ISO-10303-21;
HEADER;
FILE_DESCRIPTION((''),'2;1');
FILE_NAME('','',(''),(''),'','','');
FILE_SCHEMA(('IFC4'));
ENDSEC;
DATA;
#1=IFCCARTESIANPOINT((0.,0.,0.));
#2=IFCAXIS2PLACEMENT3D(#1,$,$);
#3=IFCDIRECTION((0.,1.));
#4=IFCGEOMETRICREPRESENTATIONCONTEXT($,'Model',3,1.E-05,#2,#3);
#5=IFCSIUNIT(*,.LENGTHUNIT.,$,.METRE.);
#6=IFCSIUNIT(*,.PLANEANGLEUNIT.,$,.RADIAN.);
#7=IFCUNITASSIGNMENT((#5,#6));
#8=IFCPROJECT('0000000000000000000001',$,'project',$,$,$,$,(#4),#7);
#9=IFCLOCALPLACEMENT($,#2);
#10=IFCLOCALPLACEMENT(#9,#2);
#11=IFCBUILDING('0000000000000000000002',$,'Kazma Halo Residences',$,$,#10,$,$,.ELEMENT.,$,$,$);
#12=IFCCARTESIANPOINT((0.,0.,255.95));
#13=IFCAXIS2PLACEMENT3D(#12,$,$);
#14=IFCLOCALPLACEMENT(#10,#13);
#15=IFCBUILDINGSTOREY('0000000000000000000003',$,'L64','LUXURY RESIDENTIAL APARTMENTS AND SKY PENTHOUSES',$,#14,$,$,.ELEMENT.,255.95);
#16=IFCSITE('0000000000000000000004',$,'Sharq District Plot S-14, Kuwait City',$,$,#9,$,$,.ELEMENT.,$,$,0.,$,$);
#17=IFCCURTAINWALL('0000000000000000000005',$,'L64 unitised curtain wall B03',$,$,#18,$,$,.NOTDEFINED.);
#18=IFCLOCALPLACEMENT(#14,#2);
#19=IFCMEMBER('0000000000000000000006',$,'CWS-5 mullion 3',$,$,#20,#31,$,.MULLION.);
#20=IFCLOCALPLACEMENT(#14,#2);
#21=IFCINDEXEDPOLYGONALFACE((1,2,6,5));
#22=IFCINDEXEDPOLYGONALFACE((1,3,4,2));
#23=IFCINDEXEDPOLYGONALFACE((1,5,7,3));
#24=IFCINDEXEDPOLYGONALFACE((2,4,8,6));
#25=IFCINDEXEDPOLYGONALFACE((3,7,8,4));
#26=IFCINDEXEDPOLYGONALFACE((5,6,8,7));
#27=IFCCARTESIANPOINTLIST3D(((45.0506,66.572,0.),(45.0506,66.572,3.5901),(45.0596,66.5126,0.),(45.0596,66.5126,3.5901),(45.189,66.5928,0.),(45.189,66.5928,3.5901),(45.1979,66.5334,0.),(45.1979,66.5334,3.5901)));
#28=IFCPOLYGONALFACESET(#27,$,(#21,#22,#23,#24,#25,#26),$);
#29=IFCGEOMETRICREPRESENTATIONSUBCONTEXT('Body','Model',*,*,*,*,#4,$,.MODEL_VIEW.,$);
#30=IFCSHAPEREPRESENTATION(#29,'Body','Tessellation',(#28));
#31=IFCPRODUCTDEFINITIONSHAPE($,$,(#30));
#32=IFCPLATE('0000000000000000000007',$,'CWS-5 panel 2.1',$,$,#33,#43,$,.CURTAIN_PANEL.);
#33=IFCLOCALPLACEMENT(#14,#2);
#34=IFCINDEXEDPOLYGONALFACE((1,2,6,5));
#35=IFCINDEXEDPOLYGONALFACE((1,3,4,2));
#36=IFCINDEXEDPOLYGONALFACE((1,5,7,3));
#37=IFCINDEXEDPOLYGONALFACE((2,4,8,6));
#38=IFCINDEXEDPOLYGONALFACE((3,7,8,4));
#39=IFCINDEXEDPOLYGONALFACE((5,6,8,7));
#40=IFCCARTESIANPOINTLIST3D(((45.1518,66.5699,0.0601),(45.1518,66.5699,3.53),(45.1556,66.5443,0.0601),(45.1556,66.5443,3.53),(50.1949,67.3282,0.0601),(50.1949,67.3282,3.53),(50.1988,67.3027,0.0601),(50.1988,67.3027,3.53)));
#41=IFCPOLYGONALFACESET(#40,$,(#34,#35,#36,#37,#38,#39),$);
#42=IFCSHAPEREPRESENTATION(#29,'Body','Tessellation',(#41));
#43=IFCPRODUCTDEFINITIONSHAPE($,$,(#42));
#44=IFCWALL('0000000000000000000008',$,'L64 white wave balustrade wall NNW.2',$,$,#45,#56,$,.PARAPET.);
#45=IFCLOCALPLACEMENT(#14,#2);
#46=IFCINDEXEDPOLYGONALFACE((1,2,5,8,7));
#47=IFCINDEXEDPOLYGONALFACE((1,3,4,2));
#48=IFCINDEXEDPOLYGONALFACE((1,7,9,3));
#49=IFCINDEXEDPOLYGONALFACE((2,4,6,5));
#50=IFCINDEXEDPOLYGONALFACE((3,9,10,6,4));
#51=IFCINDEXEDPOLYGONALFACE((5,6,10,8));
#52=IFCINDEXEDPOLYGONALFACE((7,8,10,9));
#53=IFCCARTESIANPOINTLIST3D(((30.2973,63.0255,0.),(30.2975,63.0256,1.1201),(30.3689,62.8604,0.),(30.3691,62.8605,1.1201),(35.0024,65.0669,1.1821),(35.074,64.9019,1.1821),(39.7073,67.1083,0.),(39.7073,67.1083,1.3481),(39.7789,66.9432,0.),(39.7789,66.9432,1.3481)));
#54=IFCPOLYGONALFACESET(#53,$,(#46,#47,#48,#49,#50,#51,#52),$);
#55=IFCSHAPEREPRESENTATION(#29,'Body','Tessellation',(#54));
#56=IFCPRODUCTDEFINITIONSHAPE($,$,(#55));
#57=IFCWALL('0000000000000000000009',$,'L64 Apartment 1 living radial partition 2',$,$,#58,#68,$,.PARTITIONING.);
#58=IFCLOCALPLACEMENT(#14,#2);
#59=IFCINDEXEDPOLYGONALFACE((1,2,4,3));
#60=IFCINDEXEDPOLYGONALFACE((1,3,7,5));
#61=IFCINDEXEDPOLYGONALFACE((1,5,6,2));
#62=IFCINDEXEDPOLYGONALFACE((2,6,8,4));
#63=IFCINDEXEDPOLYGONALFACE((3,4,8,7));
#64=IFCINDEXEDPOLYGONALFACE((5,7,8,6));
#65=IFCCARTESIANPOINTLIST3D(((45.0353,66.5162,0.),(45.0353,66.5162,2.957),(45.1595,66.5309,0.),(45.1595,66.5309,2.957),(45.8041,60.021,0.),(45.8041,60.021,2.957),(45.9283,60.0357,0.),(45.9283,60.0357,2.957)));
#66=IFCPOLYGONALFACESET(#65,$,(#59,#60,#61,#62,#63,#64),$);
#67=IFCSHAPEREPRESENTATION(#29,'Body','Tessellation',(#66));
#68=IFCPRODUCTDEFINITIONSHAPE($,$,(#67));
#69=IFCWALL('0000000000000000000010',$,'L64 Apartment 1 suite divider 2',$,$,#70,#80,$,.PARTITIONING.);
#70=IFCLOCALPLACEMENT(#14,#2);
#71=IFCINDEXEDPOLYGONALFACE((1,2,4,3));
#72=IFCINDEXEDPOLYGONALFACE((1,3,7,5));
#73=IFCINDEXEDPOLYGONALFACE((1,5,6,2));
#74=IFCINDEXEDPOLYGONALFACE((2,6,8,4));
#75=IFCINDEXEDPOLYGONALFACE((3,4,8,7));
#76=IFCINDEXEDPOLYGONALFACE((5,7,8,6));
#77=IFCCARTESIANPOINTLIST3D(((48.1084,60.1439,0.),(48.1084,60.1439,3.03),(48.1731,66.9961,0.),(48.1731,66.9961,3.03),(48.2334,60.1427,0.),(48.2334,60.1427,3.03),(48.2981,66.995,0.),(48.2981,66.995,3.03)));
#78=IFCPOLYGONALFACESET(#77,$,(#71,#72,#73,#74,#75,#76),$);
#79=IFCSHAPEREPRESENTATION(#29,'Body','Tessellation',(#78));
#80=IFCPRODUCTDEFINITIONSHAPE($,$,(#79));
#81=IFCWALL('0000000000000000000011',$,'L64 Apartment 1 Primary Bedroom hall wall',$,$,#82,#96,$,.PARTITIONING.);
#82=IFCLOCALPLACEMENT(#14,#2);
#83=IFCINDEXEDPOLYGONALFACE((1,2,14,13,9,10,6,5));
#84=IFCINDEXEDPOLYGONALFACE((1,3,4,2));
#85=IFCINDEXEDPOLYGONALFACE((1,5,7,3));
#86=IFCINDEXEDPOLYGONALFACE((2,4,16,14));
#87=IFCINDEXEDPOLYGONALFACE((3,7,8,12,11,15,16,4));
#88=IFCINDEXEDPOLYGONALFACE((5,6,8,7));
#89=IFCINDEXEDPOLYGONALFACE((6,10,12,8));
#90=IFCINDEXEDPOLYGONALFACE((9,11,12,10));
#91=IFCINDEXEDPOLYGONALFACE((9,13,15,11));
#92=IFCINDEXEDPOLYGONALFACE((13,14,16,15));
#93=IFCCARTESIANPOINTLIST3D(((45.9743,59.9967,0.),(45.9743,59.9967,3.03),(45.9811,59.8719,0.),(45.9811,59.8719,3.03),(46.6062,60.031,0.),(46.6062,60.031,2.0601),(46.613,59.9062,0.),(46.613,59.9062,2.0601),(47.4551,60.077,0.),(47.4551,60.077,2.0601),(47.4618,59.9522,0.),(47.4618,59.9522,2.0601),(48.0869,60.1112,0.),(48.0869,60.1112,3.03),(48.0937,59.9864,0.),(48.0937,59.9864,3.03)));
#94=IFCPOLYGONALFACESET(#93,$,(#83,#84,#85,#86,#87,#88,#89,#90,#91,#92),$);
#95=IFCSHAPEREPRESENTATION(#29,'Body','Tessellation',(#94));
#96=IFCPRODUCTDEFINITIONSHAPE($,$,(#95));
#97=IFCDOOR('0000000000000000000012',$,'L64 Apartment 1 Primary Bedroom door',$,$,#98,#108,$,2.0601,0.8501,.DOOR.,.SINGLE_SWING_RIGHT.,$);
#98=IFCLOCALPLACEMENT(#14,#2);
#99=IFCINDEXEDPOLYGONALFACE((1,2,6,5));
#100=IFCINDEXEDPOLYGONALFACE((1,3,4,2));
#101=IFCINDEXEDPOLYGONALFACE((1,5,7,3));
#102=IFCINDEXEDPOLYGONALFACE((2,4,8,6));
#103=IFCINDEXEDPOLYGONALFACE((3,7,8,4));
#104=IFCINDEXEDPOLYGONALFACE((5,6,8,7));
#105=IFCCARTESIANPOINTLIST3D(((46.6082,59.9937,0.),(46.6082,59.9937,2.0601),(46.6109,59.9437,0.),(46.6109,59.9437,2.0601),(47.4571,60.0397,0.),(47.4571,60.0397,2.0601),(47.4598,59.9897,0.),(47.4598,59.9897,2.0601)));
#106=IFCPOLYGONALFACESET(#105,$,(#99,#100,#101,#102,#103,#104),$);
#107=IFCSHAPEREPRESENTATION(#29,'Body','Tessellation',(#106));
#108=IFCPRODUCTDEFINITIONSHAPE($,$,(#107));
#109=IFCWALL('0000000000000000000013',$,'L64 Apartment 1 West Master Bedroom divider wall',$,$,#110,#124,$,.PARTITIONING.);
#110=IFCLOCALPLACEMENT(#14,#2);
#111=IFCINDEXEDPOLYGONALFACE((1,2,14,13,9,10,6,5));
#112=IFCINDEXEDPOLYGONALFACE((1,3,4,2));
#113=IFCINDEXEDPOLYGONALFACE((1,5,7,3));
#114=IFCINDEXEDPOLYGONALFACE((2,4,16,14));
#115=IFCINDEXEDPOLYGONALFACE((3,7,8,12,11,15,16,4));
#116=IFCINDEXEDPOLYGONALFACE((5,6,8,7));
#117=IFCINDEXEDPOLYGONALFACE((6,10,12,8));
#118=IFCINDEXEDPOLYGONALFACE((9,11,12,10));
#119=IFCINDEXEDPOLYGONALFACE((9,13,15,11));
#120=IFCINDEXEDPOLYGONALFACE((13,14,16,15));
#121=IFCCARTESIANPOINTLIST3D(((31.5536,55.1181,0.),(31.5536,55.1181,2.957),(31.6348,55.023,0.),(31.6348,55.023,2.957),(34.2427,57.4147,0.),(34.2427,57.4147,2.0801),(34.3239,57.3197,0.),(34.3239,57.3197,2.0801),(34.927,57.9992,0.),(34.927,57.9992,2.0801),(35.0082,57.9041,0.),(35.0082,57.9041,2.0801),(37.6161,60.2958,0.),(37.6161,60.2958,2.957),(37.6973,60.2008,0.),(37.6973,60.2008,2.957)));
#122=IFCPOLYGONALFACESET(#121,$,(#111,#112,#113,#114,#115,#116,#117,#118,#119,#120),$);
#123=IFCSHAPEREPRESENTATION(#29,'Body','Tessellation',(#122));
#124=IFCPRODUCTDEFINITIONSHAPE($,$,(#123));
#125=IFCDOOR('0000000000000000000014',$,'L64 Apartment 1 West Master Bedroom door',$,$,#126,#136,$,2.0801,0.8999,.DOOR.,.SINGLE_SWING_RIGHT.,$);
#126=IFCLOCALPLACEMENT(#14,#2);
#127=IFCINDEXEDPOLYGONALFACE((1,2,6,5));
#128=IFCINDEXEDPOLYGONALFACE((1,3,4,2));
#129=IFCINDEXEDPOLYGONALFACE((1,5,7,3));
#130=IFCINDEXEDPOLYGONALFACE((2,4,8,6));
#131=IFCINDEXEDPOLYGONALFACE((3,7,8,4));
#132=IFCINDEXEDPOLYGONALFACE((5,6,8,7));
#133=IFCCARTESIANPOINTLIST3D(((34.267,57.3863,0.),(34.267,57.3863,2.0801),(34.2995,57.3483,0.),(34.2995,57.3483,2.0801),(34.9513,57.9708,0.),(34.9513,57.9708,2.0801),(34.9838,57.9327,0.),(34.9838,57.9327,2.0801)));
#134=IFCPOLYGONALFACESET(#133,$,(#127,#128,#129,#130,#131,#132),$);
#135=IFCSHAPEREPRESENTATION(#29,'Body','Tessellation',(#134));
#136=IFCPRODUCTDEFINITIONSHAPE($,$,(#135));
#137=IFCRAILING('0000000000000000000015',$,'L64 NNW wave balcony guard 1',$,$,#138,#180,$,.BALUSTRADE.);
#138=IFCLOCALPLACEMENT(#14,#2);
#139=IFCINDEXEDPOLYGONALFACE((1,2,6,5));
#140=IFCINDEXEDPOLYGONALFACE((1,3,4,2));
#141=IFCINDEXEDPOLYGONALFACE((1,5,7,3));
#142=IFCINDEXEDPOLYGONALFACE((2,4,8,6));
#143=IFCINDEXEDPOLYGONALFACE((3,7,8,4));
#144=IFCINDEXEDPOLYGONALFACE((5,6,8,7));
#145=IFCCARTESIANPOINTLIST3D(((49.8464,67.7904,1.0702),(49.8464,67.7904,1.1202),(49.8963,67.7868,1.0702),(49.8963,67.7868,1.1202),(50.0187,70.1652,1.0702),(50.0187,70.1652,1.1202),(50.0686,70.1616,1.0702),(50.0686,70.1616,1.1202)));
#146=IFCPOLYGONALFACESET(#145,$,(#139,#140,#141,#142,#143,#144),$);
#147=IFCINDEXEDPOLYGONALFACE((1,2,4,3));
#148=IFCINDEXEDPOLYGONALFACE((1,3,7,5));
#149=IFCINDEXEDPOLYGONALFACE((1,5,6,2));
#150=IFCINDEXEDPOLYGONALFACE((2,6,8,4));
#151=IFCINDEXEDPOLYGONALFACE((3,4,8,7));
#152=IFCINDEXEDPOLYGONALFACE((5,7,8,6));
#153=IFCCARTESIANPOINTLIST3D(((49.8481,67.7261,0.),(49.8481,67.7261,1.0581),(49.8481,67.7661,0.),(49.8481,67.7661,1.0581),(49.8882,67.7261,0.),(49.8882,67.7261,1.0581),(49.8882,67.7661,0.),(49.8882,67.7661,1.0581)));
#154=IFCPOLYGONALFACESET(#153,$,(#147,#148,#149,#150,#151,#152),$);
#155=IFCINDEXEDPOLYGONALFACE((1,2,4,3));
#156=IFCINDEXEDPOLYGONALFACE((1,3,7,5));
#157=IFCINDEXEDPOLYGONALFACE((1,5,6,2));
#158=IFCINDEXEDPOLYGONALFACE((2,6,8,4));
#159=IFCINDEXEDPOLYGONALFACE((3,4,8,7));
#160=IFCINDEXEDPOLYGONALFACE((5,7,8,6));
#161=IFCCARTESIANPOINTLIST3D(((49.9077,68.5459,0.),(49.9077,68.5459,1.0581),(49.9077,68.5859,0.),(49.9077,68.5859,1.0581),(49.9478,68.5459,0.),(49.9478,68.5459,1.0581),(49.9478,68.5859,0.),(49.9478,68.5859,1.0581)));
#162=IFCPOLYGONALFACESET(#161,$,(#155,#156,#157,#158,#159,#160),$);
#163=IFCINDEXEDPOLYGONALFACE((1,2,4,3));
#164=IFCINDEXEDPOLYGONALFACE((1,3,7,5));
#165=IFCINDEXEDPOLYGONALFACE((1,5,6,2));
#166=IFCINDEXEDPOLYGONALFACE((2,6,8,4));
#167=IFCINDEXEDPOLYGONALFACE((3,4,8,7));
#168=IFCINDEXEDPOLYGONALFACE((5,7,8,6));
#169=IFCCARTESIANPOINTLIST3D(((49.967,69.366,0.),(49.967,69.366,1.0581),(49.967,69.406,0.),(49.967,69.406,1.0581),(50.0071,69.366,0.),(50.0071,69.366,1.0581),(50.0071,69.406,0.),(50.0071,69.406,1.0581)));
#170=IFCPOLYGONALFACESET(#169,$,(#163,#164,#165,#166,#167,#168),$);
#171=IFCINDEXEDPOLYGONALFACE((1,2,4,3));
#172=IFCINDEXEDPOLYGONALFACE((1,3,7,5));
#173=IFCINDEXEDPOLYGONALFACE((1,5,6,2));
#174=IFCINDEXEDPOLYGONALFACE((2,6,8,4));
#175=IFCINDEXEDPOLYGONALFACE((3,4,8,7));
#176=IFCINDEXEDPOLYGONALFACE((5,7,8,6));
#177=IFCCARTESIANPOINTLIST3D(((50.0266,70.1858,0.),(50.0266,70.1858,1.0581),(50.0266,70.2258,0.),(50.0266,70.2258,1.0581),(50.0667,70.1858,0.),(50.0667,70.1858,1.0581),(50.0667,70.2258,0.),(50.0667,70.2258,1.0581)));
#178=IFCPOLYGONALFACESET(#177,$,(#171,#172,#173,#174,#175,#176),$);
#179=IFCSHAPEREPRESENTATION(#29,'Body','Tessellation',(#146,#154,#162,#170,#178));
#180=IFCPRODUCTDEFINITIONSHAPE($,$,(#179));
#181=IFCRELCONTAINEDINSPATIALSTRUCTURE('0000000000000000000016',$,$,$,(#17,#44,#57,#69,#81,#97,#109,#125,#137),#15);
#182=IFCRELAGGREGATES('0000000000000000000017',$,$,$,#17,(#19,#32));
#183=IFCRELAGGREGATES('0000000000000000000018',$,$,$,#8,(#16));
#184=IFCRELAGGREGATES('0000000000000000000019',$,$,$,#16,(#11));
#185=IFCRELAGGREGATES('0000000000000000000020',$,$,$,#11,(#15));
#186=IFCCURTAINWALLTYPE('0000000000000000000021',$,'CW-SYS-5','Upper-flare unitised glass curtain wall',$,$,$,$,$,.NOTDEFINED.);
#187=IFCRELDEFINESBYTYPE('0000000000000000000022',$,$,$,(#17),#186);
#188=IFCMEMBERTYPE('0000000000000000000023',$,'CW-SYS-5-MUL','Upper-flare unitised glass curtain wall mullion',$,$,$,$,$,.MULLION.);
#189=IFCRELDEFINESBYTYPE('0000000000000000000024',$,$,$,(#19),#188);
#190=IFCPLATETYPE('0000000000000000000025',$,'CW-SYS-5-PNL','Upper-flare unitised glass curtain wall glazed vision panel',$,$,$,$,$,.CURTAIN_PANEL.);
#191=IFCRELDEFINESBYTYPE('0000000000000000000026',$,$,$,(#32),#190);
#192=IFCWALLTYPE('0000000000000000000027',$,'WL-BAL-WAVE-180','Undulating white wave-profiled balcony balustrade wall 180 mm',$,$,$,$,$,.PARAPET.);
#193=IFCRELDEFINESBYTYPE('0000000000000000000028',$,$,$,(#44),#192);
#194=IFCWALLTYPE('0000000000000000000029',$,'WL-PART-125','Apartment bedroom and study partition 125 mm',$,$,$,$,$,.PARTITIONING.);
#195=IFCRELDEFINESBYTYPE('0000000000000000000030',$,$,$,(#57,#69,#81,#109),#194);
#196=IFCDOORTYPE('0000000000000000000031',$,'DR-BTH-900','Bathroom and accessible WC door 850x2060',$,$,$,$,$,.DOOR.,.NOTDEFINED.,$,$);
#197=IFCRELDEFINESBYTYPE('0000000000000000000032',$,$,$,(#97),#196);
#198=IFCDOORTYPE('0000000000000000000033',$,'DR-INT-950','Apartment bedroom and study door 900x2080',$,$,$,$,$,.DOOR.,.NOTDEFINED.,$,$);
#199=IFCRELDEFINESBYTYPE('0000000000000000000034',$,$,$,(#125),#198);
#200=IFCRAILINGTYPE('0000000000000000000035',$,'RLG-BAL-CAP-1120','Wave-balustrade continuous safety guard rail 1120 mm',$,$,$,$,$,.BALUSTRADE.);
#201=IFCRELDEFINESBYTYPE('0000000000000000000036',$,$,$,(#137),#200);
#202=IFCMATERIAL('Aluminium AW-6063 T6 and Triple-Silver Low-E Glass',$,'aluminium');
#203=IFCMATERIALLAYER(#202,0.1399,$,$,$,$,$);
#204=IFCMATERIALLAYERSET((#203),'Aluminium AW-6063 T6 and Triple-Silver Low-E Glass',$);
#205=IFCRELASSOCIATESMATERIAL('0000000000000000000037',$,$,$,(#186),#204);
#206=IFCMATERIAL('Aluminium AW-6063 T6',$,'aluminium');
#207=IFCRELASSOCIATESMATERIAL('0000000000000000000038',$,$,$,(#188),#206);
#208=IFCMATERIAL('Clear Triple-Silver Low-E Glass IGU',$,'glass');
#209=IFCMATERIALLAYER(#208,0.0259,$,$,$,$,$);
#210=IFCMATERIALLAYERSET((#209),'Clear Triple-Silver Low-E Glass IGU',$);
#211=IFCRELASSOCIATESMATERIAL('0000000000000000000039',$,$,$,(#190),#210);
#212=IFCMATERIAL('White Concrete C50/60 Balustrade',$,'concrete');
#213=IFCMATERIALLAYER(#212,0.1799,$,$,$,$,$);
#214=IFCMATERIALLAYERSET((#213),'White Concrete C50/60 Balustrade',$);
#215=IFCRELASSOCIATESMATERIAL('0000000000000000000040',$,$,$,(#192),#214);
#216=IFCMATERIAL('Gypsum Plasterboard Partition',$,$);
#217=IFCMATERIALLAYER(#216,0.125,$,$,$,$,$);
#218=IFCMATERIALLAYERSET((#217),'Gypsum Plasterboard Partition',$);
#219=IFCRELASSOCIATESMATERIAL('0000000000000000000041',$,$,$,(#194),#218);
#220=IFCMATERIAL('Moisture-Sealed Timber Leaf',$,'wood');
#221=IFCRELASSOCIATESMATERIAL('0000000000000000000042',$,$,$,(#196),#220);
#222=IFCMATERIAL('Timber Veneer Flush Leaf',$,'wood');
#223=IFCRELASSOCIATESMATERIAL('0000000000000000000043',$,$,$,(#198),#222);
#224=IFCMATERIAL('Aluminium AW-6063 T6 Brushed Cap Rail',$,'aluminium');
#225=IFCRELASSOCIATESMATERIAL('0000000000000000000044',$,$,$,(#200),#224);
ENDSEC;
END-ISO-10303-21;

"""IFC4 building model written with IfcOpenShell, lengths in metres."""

from ifc_helpers import new_model, si_unit, direction, frame, frame_2d, origin, origin_2d, place, context, subcontext, project, spatial, polyline, rectangle, outline, extrude, material, layer, layer_set, material_profile, profile_set, type_object, element, fill, aggregate, save


model = new_model("IFC4")

# Units and contexts
model_context = context("Model", 3, precision=1e-05, world=origin(), true_north=direction((0.0, 1.0)))
body_context = subcontext(model_context, "Body", "Model", "MODEL_VIEW")
ifc_project = project(units=[si_unit("LENGTHUNIT", "METRE"), si_unit("PLANEANGLEUNIT", "RADIAN")], contexts=[model_context])

# Site, building, storey
site_placement = place(None, origin())
site = spatial("IfcSite", under=ifc_project, at=site_placement, Name="Sharq District Plot S-14, Kuwait City", CompositionType="ELEMENT", RefElevation=0.0)
building_placement = place(site_placement, origin())
building = spatial("IfcBuilding", under=site, at=building_placement, Name="Kazma Halo Residences", CompositionType="ELEMENT")
storey_placement = place(building_placement, frame((0.0, 0.0, 255.95)))
storey = spatial("IfcBuildingStorey", under=building, at=storey_placement, Name="L64", Description="LUXURY RESIDENTIAL APARTMENTS AND SKY PENTHOUSES", CompositionType="ELEMENT", Elevation=255.95)

# Curtain wall, member, plate
ifc_material_1 = material(Name="Aluminium AW-6063 T6 and Triple-Silver Low-E Glass", Category="aluminium")
ifc_layer_1 = layer(ifc_material_1, 0.1399)
ifc_layer_set_1 = layer_set([ifc_layer_1], Name="Aluminium AW-6063 T6 and Triple-Silver Low-E Glass")
curtain_wall_type = type_object("IfcCurtainWallType", Name="CW-SYS-5", Description="Upper-flare unitised glass curtain wall", PredefinedType="NOTDEFINED", material=ifc_layer_set_1)
curtain_wall_placement = place(storey_placement, origin())
curtain_wall = element("IfcCurtainWall", 1, at=curtain_wall_placement, inside=storey, type_object=curtain_wall_type, Name="L64 unitised curtain wall B03", PredefinedType="NOTDEFINED")
ifc_material_2 = material(Name="Aluminium AW-6063 T6", Category="aluminium")
ifc_material_profile_1 = material_profile(ifc_material_2, rectangle(XDim=0.0601, YDim=0.1399, at=origin_2d()), Name="CWM-60x140")
ifc_profile_set_1 = profile_set([ifc_material_profile_1], Name="Aluminium AW-6063 T6")
member_type = type_object("IfcMemberType", Name="CW-SYS-5-MUL", Description="Upper-flare unitised glass curtain wall mullion", PredefinedType="MULLION", material=ifc_profile_set_1)
member_placement = place(storey_placement, frame((45.1243, 66.5527, 0.0), z_axis=(0.0, 0.0, 1.0), x_axis=(0.148697, -0.988883, 0.0)))
member = element("IfcMember", 2, at=member_placement, type_object=member_type, Name="CWS-5 mullion 3", PredefinedType="MULLION", context=body_context, shape_type="SweptSolid", body=[
    extrude(rectangle(XDim=0.0601, YDim=0.1399, at=origin_2d()), origin(), (0.0, 0.0, 1.0), 3.5901),
])
ifc_material_3 = material(Name="Clear Triple-Silver Low-E Glass IGU", Category="glass")
ifc_layer_2 = layer(ifc_material_3, 0.0259)
ifc_layer_set_2 = layer_set([ifc_layer_2], Name="Clear Triple-Silver Low-E Glass IGU")
plate_type = type_object("IfcPlateType", Name="CW-SYS-5-PNL", Description="Upper-flare unitised glass curtain wall glazed vision panel", PredefinedType="CURTAIN_PANEL", material=ifc_layer_set_2)
plate_placement = place(storey_placement, frame((47.6753, 66.9363, 0.0601), z_axis=(0.0, 0.0, 1.0), x_axis=(-0.988883, -0.148697, 0.0)))
plate = element("IfcPlate", 3, at=plate_placement, type_object=plate_type, Name="CWS-5 panel 2.1", PredefinedType="CURTAIN_PANEL", context=body_context, shape_type="SweptSolid", body=[
    extrude(rectangle(XDim=5.0999, YDim=0.0259, at=origin_2d()), origin(), (0.0, 0.0, 1.0), 3.47),
])
aggregate(curtain_wall, [member, plate])

# Wall
ifc_material_4 = material(Name="White Concrete C50/60 Balustrade", Category="concrete")
ifc_layer_3 = layer(ifc_material_4, 0.1799)
ifc_layer_set_3 = layer_set([ifc_layer_3], Name="White Concrete C50/60 Balustrade")
wall_type_1 = type_object("IfcWallType", Name="WL-BAL-WAVE-180", Description="Undulating white wave-profiled balcony balustrade wall 180 mm", PredefinedType="PARAPET", material=ifc_layer_set_3)
wall_1_placement = place(storey_placement, frame((39.7432, 67.0256, 0.0), z_axis=(0.0, 0.0, 1.0), x_axis=(-0.917373, -0.398029, 0.0)))
element("IfcWall", 4, at=wall_1_placement, inside=storey, type_object=wall_type_1, Name="L64 white wave balustrade wall NNW.2", PredefinedType="PARAPET", context=body_context, shape_type="SweptSolid", body=[
    extrude(outline(polyline([(0.0, 0.0), (10.2576, 0.0), (10.2573, 1.1201), (5.1287, 1.1821), (0.0, 1.3481), (0.0, 0.0)])), frame((0.0, 0.0898, 0.0), z_axis=(0.0, -1.0, 0.0), x_axis=(1.0, 0.0, 0.0)), (0.0, 0.0, 1.0), 0.1799),
])

# Walls
ifc_material_5 = material(Name="Gypsum Plasterboard Partition")
ifc_layer_4 = layer(ifc_material_5, 0.125)
ifc_layer_set_4 = layer_set([ifc_layer_4], Name="Gypsum Plasterboard Partition")
wall_type_2 = type_object("IfcWallType", Name="WL-PART-125", Description="Apartment bedroom and study partition 125 mm", PredefinedType="PARTITIONING", material=ifc_layer_set_4)
wall_2_placement = place(storey_placement, frame((45.8662, 60.0283, 0.0), z_axis=(0.0, 0.0, 1.0), x_axis=(-0.117545, 0.993068, 0.0)))
element("IfcWall", 5, at=wall_2_placement, inside=storey, type_object=wall_type_2, Name="L64 Apartment 1 living radial partition 2", PredefinedType="PARTITIONING", context=body_context, shape_type="SweptSolid", body=[
    extrude(rectangle(XDim=6.5405, YDim=0.125, at=frame_2d((3.2703, 0.0))), origin(), (0.0, 0.0, 1.0), 2.957),
])
wall_3_placement = place(storey_placement, frame((48.1709, 60.1433, 0.0), z_axis=(0.0, 0.0, 1.0), x_axis=(0.009441, 0.999955, 0.0)))
element("IfcWall", 6, at=wall_3_placement, inside=storey, type_object=wall_type_2, Name="L64 Apartment 1 suite divider 2", PredefinedType="PARTITIONING", context=body_context, shape_type="SweptSolid", body=[
    extrude(rectangle(XDim=6.8525, YDim=0.125, at=frame_2d((3.4263, 0.0))), origin(), (0.0, 0.0, 1.0), 3.03),
])

# Walls, openings, doors
wall_4_placement = place(storey_placement, frame((48.0903, 60.0488, 0.0), z_axis=(0.0, 0.0, 1.0), x_axis=(-0.998534, -0.054121, 0.0)))
wall_4 = element("IfcWall", 7, at=wall_4_placement, inside=storey, type_object=wall_type_2, Name="L64 Apartment 1 Primary Bedroom hall wall", PredefinedType="PARTITIONING", context=body_context, shape_type="SweptSolid", body=[
    extrude(rectangle(XDim=2.1157, YDim=0.125, at=frame_2d((1.0579, 0.0))), origin(), (0.0, 0.0, 1.0), 3.03),
])
opening_1_placement = place(wall_4_placement, frame((0.6328, 0.0, 0.0)))
opening_1 = element("IfcOpeningElement", 8, at=opening_1_placement, cuts=wall_4, PredefinedType="OPENING", context=body_context, shape_type="SweptSolid", body=[
    extrude(rectangle(XDim=0.8501, YDim=2.0601, at=frame_2d((0.425, 1.03))), frame((0.0, 0.0725, 0.0), z_axis=(0.0, -1.0, 0.0), x_axis=(1.0, 0.0, 0.0)), (0.0, 0.0, 1.0), 0.145),
])
ifc_material_6 = material(Name="Moisture-Sealed Timber Leaf", Category="wood")
door_type_1 = type_object("IfcDoorType", Name="DR-BTH-900", Description="Bathroom and accessible WC door 850x2060", OperationType="NOTDEFINED", PredefinedType="DOOR", material=ifc_material_6)
door_1_placement = place(opening_1_placement, origin())
door_1 = element("IfcDoor", 9, at=door_1_placement, inside=storey, type_object=door_type_1, Name="L64 Apartment 1 Primary Bedroom door", OperationType="SINGLE_SWING_RIGHT", OverallHeight=2.0601, OverallWidth=0.8501, PredefinedType="DOOR", context=body_context, shape_type="SweptSolid", body=[
    extrude(rectangle(XDim=0.8501, YDim=2.0601, at=frame_2d((0.425, 1.03))), frame((0.0, 0.0249, 0.0), z_axis=(0.0, -1.0, 0.0), x_axis=(1.0, 0.0, 0.0)), (0.0, 0.0, 1.0), 0.05),
])
fill(opening_1, door_1)
wall_5_placement = place(storey_placement, frame((37.6567, 60.2483, 0.0), z_axis=(0.0, 0.0, 1.0), x_axis=(-0.760414, -0.649439, 0.0)))
wall_5 = element("IfcWall", 10, at=wall_5_placement, inside=storey, type_object=wall_type_2, Name="L64 Apartment 1 West Master Bedroom divider wall", PredefinedType="PARTITIONING", context=body_context, shape_type="SweptSolid", body=[
    extrude(rectangle(XDim=7.9727, YDim=0.125, at=frame_2d((3.9863, 0.0))), origin(), (0.0, 0.0, 1.0), 2.957),
])
opening_2_placement = place(wall_5_placement, frame((3.5364, 0.0, 0.0)))
opening_2 = element("IfcOpeningElement", 11, at=opening_2_placement, cuts=wall_5, PredefinedType="OPENING", context=body_context, shape_type="SweptSolid", body=[
    extrude(rectangle(XDim=0.8999, YDim=2.0801, at=frame_2d((0.45, 1.04))), frame((0.0, 0.0725, 0.0), z_axis=(0.0, -1.0, 0.0), x_axis=(1.0, 0.0, 0.0)), (0.0, 0.0, 1.0), 0.145),
])
ifc_material_7 = material(Name="Timber Veneer Flush Leaf", Category="wood")
door_type_2 = type_object("IfcDoorType", Name="DR-INT-950", Description="Apartment bedroom and study door 900x2080", OperationType="NOTDEFINED", PredefinedType="DOOR", material=ifc_material_7)
door_2_placement = place(opening_2_placement, origin())
door_2 = element("IfcDoor", 12, at=door_2_placement, inside=storey, type_object=door_type_2, Name="L64 Apartment 1 West Master Bedroom door", OperationType="SINGLE_SWING_RIGHT", OverallHeight=2.0801, OverallWidth=0.8999, PredefinedType="DOOR", context=body_context, shape_type="SweptSolid", body=[
    extrude(rectangle(XDim=0.8999, YDim=2.0801, at=frame_2d((0.45, 1.04))), frame((0.0, 0.0249, 0.0), z_axis=(0.0, -1.0, 0.0), x_axis=(1.0, 0.0, 0.0)), (0.0, 0.0, 1.0), 0.05),
])
fill(opening_2, door_2)

# Railing
ifc_material_8 = material(Name="Aluminium AW-6063 T6 Brushed Cap Rail", Category="aluminium")
railing_type = type_object("IfcRailingType", Name="RLG-BAL-CAP-1120", Description="Wave-balustrade continuous safety guard rail 1120 mm", PredefinedType="BALUSTRADE", material=ifc_material_8)
railing_1_placement = place(storey_placement, frame((49.8682, 67.7461, 0.0)))
element("IfcRailing", 13, at=railing_1_placement, inside=storey, type_object=railing_type, Name="L64 NNW wave balcony guard 1", PredefinedType="BALUSTRADE", context=body_context, shape_type="SweptSolid", body=[
    extrude(rectangle(XDim=0.05, YDim=0.05, at=origin_2d()), frame((0.0032, 0.0425, 1.0952), z_axis=(0.072366, 0.997378, 0.0), x_axis=(-0.997378, 0.072366, 0.0)), (0.0, 0.0, 1.0), 2.3811),
    extrude(rectangle(XDim=0.04, YDim=0.04, at=origin_2d()), origin(), (0.0, 0.0, 1.0), 1.0581),
    extrude(rectangle(XDim=0.04, YDim=0.04, at=origin_2d()), frame((0.0596, 0.8198, 0.0)), (0.0, 0.0, 1.0), 1.0581),
    extrude(rectangle(XDim=0.04, YDim=0.04, at=origin_2d()), frame((0.1189, 1.6399, 0.0)), (0.0, 0.0, 1.0), 1.0581),
    extrude(rectangle(XDim=0.04, YDim=0.04, at=origin_2d()), frame((0.1785, 2.4597, 0.0)), (0.0, 0.0, 1.0), 1.0581),
])

save(model, "model.ifc")
